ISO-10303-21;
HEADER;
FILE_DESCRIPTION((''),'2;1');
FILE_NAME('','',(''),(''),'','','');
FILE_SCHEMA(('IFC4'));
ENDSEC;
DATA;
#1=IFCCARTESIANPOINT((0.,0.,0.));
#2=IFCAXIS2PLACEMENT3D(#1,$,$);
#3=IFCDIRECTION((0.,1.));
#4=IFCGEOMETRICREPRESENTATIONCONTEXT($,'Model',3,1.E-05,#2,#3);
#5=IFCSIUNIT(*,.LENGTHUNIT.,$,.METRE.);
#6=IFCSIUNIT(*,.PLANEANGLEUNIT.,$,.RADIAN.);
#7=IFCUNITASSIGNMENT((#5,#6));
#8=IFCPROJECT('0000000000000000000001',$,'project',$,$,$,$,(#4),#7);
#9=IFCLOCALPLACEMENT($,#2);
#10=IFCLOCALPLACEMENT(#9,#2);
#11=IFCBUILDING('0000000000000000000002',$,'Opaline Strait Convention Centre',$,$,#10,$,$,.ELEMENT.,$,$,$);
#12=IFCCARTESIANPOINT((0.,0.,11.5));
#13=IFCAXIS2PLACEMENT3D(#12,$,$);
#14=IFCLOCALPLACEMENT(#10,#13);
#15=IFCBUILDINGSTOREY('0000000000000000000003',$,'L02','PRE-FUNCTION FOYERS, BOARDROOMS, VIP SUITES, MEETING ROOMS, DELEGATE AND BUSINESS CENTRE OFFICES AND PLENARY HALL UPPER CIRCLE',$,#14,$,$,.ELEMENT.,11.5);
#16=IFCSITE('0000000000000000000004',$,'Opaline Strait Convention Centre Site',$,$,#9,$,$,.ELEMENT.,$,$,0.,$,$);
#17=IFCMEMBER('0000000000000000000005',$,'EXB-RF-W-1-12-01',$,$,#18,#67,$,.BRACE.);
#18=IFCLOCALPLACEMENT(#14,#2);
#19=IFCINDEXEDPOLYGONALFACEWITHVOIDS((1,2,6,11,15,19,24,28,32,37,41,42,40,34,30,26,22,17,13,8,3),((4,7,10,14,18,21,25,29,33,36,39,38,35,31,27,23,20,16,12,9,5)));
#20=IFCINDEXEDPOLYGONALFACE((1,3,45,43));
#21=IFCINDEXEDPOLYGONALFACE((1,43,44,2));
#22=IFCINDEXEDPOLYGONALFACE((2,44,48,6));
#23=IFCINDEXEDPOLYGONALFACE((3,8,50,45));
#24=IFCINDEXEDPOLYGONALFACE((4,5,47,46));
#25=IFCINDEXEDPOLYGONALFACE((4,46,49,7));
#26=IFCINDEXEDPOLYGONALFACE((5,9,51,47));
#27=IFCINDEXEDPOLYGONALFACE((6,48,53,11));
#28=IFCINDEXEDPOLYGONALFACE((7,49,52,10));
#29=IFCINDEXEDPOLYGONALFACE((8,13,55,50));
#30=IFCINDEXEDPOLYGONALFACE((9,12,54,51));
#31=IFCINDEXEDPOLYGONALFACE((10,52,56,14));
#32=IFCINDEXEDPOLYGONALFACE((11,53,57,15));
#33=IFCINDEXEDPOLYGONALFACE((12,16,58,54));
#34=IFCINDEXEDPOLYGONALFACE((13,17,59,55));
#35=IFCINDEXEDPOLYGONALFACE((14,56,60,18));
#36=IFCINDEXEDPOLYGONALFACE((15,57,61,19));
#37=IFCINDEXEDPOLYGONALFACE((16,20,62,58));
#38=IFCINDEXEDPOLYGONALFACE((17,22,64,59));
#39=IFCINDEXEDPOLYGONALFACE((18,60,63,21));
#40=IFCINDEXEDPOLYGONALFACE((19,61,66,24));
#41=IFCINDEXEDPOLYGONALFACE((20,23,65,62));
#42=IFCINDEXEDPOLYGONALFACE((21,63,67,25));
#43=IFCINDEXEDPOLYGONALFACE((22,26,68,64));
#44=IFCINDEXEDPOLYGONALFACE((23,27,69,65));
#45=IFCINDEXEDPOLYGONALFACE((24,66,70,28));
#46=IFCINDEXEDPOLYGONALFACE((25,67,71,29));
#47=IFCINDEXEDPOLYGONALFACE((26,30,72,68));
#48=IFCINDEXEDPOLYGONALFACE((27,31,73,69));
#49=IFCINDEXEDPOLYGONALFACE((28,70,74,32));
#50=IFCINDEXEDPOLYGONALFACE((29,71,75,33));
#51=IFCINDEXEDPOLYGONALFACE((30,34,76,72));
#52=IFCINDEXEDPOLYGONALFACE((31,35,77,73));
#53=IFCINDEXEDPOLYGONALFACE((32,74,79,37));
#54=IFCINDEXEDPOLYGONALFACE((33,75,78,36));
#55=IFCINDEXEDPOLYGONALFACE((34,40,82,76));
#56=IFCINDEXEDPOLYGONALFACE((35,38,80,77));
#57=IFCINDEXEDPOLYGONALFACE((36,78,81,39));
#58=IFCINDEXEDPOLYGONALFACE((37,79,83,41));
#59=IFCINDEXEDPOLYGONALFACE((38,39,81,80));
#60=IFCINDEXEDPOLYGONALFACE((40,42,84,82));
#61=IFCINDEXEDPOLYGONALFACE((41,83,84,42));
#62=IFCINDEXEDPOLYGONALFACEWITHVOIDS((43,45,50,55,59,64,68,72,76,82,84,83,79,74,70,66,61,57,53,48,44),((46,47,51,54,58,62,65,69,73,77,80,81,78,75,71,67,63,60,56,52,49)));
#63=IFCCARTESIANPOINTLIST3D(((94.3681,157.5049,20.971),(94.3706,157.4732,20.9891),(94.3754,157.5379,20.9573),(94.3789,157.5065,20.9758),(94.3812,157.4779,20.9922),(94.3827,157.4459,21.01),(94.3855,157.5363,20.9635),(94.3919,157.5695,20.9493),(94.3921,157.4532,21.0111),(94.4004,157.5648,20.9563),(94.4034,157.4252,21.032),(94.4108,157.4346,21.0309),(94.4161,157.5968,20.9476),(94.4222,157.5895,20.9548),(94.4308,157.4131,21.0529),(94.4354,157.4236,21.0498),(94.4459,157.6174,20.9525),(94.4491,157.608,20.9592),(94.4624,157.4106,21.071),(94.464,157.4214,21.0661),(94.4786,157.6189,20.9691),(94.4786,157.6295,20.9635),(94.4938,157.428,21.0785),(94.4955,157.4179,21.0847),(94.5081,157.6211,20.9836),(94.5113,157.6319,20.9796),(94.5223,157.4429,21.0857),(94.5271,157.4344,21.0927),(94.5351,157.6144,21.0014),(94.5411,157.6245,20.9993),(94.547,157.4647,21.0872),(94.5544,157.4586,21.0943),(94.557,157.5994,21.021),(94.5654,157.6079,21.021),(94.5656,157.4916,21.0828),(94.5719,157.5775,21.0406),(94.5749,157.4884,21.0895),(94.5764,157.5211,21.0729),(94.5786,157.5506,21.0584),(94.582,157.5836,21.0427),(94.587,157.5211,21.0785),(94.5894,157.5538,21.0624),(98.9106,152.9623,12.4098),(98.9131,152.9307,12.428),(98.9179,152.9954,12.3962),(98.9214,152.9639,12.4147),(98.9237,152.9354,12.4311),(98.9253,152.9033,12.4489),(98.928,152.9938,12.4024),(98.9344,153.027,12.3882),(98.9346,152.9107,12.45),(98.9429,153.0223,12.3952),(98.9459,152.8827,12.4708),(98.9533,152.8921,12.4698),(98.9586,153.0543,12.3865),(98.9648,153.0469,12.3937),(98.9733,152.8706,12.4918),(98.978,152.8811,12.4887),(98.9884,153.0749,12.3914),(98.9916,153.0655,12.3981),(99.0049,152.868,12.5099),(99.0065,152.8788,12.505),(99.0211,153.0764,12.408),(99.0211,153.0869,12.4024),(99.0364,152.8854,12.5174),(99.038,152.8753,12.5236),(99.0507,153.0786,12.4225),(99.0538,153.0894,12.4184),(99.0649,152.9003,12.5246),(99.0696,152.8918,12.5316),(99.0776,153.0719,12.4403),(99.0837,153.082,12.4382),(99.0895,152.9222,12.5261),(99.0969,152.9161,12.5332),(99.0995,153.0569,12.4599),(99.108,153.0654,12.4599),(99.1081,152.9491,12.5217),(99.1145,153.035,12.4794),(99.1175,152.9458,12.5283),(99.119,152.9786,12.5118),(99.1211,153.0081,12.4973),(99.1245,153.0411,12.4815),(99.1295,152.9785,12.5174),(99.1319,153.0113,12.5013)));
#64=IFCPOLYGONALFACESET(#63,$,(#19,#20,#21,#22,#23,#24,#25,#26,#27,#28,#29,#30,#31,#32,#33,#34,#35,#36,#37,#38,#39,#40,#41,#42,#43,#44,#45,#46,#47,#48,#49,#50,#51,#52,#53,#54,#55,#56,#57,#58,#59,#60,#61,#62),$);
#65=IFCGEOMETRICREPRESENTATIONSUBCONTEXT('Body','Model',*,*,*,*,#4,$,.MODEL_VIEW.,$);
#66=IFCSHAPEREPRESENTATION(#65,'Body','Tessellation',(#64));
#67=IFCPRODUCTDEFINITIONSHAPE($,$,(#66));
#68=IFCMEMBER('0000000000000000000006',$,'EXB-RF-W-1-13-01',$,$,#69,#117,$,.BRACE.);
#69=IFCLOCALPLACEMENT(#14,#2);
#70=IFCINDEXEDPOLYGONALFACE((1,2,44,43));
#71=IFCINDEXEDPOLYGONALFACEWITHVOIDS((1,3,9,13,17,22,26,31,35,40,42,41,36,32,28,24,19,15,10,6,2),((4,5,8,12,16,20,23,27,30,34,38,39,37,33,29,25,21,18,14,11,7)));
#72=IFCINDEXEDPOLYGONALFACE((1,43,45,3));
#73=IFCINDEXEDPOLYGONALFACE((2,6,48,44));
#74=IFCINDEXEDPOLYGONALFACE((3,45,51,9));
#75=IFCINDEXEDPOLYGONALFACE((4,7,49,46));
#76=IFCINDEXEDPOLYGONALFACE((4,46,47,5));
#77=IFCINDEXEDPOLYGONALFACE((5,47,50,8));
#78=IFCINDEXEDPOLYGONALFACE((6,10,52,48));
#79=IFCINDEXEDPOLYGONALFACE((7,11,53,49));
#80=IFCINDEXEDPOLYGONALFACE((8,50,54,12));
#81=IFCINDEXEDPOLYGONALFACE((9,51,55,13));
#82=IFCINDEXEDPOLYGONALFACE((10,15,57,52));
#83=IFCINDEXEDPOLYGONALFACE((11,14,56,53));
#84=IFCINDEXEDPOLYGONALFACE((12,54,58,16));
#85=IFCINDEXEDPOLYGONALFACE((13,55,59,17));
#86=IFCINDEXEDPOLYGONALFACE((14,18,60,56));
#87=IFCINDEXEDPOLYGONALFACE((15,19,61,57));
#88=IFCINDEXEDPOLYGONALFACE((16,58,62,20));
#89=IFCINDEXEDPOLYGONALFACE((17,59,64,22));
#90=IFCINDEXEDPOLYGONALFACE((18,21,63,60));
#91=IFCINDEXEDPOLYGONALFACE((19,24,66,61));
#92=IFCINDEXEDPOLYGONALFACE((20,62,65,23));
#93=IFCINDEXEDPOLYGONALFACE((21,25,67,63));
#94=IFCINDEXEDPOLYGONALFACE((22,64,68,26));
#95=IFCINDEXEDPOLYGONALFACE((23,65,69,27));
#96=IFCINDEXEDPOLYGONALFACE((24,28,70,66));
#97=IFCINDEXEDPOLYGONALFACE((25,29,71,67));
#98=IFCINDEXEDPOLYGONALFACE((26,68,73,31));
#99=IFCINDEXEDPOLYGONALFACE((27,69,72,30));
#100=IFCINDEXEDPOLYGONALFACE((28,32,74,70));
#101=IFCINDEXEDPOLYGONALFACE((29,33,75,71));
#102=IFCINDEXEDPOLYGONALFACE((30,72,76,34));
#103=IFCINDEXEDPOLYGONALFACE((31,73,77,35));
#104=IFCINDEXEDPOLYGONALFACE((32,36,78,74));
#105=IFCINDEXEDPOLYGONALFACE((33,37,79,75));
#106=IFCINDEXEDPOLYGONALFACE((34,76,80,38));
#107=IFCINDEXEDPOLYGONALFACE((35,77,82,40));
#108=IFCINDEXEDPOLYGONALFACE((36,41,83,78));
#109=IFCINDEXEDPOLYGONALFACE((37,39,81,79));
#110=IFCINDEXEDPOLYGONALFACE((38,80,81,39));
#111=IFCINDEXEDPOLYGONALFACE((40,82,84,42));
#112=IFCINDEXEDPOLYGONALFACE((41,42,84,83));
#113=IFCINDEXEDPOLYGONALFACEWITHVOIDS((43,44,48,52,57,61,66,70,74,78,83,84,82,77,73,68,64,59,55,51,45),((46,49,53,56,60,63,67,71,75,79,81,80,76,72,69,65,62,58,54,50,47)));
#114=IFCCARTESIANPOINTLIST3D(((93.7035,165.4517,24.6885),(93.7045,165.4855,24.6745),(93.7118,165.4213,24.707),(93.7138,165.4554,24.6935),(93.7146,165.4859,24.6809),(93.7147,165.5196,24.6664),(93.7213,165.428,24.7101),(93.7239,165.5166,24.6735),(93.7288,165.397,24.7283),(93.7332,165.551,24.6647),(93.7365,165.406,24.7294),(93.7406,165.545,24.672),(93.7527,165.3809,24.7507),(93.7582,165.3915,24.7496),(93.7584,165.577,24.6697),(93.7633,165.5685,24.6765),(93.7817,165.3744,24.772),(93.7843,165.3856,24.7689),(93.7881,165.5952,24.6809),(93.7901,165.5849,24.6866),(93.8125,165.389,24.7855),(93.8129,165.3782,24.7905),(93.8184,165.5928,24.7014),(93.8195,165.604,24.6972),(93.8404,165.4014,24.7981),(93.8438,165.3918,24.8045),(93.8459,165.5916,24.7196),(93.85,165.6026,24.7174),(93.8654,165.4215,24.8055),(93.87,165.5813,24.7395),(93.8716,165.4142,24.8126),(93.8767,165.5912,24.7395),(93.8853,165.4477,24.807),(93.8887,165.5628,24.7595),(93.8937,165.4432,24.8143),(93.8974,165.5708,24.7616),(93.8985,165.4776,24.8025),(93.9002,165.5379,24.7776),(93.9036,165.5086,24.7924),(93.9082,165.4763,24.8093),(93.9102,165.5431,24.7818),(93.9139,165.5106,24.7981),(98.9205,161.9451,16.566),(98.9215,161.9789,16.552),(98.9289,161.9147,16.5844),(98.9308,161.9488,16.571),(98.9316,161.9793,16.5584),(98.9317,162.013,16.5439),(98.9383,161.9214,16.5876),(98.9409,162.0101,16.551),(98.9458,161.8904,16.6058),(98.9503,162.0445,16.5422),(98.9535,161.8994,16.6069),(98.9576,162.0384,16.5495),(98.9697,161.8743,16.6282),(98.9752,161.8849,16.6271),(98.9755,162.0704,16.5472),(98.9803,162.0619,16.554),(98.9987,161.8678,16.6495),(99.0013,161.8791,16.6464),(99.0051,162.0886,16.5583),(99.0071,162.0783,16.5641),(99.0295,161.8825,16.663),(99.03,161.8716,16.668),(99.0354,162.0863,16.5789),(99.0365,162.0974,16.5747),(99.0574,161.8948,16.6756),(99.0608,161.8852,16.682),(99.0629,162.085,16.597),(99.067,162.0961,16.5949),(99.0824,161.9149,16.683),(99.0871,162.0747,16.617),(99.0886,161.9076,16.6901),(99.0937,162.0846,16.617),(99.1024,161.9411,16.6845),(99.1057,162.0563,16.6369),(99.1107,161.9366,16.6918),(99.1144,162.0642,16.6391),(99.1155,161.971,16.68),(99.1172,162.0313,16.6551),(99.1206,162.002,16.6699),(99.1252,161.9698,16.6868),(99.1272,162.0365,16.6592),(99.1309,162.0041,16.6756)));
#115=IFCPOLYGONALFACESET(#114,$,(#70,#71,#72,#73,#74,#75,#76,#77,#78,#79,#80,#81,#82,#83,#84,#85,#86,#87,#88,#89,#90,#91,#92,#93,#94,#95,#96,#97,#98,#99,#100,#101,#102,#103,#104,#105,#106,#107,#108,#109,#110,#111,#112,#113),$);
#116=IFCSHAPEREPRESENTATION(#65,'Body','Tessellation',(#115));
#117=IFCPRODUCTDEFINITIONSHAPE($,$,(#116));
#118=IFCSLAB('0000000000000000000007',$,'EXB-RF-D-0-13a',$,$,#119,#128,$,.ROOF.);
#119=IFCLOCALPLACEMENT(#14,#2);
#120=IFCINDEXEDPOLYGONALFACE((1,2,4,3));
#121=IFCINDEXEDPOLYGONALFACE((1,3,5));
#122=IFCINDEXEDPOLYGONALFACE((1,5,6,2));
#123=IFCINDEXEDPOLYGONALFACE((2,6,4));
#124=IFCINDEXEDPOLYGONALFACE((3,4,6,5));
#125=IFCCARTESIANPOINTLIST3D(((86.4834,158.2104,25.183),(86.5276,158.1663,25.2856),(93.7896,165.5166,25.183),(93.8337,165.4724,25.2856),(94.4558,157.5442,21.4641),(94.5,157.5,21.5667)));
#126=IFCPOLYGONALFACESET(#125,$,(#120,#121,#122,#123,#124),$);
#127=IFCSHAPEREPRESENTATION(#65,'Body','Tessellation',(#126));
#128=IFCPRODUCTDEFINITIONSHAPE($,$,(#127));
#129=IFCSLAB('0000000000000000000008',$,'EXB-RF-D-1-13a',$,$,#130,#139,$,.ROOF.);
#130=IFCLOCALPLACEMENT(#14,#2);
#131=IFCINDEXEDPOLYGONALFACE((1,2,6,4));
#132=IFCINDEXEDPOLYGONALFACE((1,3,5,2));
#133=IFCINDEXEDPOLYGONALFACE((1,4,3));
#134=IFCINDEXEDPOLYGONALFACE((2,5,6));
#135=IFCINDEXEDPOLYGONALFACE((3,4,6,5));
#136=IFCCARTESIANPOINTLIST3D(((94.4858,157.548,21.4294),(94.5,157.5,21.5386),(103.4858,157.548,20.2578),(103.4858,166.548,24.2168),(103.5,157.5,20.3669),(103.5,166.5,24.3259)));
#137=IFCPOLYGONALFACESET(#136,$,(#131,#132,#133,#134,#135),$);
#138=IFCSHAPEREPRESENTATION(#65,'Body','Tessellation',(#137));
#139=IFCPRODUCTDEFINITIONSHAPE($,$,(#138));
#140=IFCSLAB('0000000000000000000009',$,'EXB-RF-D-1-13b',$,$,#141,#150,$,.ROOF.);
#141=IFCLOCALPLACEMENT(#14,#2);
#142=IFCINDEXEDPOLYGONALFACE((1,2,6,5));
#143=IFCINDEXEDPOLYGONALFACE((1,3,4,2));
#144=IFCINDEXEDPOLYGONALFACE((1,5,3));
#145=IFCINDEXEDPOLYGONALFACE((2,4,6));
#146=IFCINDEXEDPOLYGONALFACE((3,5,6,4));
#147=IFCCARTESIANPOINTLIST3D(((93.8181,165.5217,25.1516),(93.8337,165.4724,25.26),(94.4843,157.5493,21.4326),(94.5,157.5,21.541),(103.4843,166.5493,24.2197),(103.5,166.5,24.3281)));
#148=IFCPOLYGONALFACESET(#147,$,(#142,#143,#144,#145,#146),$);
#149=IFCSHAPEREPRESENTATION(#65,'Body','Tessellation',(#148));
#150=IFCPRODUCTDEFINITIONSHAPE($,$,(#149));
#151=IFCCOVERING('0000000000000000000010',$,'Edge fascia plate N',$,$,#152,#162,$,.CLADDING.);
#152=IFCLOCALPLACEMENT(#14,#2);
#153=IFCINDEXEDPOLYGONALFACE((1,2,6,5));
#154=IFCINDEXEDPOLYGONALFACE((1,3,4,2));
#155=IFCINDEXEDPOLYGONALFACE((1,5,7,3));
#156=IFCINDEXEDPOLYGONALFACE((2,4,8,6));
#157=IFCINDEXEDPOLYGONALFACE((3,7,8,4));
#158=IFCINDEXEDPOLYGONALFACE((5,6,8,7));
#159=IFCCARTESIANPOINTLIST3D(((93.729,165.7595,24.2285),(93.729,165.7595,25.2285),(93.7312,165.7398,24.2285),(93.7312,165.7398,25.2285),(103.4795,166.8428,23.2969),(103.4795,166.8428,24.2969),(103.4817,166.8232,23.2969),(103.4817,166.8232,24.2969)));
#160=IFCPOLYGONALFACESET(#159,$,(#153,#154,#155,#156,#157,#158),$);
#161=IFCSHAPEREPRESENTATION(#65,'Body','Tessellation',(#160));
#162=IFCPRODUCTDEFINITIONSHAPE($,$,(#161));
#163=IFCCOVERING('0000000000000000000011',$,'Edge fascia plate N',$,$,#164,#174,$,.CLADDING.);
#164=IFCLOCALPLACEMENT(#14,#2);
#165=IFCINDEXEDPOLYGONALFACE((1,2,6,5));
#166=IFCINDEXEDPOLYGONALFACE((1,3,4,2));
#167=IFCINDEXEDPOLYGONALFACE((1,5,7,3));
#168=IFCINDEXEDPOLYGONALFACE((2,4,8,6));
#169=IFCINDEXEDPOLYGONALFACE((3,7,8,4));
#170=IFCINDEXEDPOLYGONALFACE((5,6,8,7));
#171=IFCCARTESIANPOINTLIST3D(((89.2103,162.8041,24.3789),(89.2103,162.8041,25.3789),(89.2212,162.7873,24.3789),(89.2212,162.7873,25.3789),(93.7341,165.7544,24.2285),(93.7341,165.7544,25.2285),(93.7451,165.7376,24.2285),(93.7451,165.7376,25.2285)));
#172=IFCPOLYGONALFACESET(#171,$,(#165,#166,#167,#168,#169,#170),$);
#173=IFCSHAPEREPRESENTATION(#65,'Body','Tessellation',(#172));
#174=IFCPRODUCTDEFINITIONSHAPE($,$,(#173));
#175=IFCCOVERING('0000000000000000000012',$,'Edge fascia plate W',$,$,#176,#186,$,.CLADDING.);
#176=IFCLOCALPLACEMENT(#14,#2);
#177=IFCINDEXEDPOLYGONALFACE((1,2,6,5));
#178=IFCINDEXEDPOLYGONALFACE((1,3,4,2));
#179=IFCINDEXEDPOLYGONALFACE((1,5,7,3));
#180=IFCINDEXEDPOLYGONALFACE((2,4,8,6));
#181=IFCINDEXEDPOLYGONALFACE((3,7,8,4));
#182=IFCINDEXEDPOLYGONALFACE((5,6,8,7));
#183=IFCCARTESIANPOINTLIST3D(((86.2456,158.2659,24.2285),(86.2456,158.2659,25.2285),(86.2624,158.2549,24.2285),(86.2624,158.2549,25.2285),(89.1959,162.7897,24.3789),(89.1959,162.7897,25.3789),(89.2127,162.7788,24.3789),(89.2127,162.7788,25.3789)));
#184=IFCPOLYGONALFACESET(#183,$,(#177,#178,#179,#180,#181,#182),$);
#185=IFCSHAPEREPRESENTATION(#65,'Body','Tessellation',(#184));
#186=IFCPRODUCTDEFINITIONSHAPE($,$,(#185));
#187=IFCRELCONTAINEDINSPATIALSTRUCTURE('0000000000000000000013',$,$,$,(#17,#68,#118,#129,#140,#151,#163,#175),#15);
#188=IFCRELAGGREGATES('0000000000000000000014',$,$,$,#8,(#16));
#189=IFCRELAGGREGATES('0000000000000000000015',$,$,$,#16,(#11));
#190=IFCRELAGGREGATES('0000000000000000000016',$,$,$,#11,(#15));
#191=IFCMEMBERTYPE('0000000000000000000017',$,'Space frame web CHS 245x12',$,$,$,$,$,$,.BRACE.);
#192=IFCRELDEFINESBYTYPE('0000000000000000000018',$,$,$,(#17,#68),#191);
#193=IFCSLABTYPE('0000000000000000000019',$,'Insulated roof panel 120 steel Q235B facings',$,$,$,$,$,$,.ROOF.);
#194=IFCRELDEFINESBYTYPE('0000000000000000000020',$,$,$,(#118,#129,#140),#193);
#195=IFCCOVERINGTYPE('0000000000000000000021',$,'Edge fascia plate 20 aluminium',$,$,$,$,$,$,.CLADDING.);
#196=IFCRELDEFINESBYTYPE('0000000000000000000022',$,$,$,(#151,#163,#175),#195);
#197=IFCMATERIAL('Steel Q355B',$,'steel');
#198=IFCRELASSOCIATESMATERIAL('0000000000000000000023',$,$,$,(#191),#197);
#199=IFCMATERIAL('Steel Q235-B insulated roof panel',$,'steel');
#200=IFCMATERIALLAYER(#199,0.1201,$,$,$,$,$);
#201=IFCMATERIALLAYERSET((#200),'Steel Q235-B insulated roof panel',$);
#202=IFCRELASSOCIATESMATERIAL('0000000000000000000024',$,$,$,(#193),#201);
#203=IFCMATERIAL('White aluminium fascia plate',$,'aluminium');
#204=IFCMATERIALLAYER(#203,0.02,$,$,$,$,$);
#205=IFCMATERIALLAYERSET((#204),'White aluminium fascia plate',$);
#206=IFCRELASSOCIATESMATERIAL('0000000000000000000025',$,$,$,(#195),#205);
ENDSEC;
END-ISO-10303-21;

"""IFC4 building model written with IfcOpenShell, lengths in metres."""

from ifc_helpers import new_model, si_unit, direction, frame, origin, origin_2d, place, context, subcontext, project, spatial, polyline, hollow_circle, outline, extrude, material, layer, layer_set, material_profile, profile_set, type_object, element, save


model = new_model("IFC4")

# Units and contexts
model_context = context("Model", 3, precision=1e-05, world=origin(), true_north=direction((0.0, 1.0)))
body_context = subcontext(model_context, "Body", "Model", "MODEL_VIEW")
ifc_project = project(units=[si_unit("LENGTHUNIT", "METRE"), si_unit("PLANEANGLEUNIT", "RADIAN")], contexts=[model_context])

# Site, building, storey
site_placement = place(None, origin())
site = spatial("IfcSite", under=ifc_project, at=site_placement, Name="Opaline Strait Convention Centre Site", CompositionType="ELEMENT", RefElevation=0.0)
building_placement = place(site_placement, origin())
building = spatial("IfcBuilding", under=site, at=building_placement, Name="Opaline Strait Convention Centre", CompositionType="ELEMENT")
storey_placement = place(building_placement, frame((0.0, 0.0, 11.5)))
storey = spatial("IfcBuildingStorey", under=building, at=storey_placement, Name="L02", Description="PRE-FUNCTION FOYERS, BOARDROOMS, VIP SUITES, MEETING ROOMS, DELEGATE AND BUSINESS CENTRE OFFICES AND PLENARY HALL UPPER CIRCLE", CompositionType="ELEMENT", Elevation=11.5)

# Members
ifc_material_1 = material(Name="Steel Q355B", Category="steel")
ifc_material_profile_1 = material_profile(ifc_material_1, hollow_circle(Radius=0.1226, WallThickness=0.012, at=origin_2d()), Name="CHS 245x12")
ifc_profile_set_1 = profile_set([ifc_material_profile_1], Name="Steel Q355B")
member_type_1 = type_object("IfcMemberType", Name="Space frame web CHS 245x12", PredefinedType="BRACE", material=ifc_profile_set_1)
member_1_placement = place(storey_placement, frame((94.4788, 157.5212, 21.021), z_axis=(0.424402, -0.424402, -0.799854), x_axis=(0.707107, 0.707107, 0.0)))
element("IfcMember", 1, at=member_1_placement, inside=storey, type_object=member_type_1, Name="EXB-RF-W-1-12-01", PredefinedType="BRACE", context=body_context, shape_type="SweptSolid", body=[
    extrude(hollow_circle(Radius=0.1226, WallThickness=0.012, at=origin_2d()), origin(), (0.0, 0.0, 1.0), 10.7034),
])
member_2_placement = place(storey_placement, frame((93.8083, 165.4895, 24.7395), z_axis=(0.507948, -0.341413, -0.790839), x_axis=(0.557842, 0.829947, 0.0)))
element("IfcMember", 2, at=member_2_placement, inside=storey, type_object=member_type_1, Name="EXB-RF-W-1-13-01", PredefinedType="BRACE", context=body_context, shape_type="SweptSolid", body=[
    extrude(hollow_circle(Radius=0.1226, WallThickness=0.012, at=origin_2d()), origin(), (0.0, 0.0, 1.0), 10.2708),
])

# Slabs
ifc_material_2 = material(Name="Steel Q235-B insulated roof panel", Category="steel")
ifc_layer_1 = layer(ifc_material_2, 0.1201)
ifc_layer_set_1 = layer_set([ifc_layer_1], Name="Steel Q235-B insulated roof panel")
slab_type = type_object("IfcSlabType", Name="Insulated roof panel 120 steel Q235B facings", PredefinedType="ROOF", material=ifc_layer_set_1)
slab_1_placement = place(storey_placement, frame((86.5276, 158.1663, 25.2856), z_axis=(0.367716, -0.367716, 0.854149), x_axis=(0.903659, -0.075519, -0.421541)))
element("IfcSlab", 3, at=slab_1_placement, inside=storey, type_object=slab_type, Name="EXB-RF-D-0-13a", PredefinedType="ROOF", context=body_context, shape_type="SweptSolid", body=[
    extrude(outline(polyline([(0.0, 0.0), (8.8224, 0.0), (6.0505, 8.3756), (0.0, 0.0)])), origin(), (0.0, 0.0, -1.0), 0.1201),
])
slab_2_placement = place(storey_placement, frame((94.5, 157.5, 21.5386), z_axis=(0.118325, -0.399823, 0.908923), x_axis=(0.991633, 0.0, -0.129092)))
element("IfcSlab", 4, at=slab_2_placement, inside=storey, type_object=slab_type, Name="EXB-RF-D-1-13a", PredefinedType="ROOF", context=body_context, shape_type="SweptSolid", body=[
    extrude(outline(polyline([(0.0, 0.0), (9.0759, 0.0), (8.5649, 9.819), (0.0, 0.0)])), origin(), (0.0, 0.0, -1.0), 0.1201),
])
slab_3_placement = place(storey_placement, frame((94.5, 157.5, 21.541), z_axis=(0.130619, -0.410141, 0.90262), x_axis=(0.69074, 0.69074, 0.213908)))
element("IfcSlab", 5, at=slab_3_placement, inside=storey, type_object=slab_type, Name="EXB-RF-D-1-13b", PredefinedType="ROOF", context=body_context, shape_type="SweptSolid", body=[
    extrude(outline(polyline([(0.0, 0.0), (13.0295, 0.0), (5.8422, 6.6108), (0.0, 0.0)])), origin(), (0.0, 0.0, -1.0), 0.1201),
])

# Coverings
ifc_material_3 = material(Name="White aluminium fascia plate", Category="aluminium")
ifc_layer_2 = layer(ifc_material_3, 0.02)
ifc_layer_set_2 = layer_set([ifc_layer_2], Name="White aluminium fascia plate")
covering_type = type_object("IfcCoveringType", Name="Edge fascia plate 20 aluminium", PredefinedType="CLADDING", material=ifc_layer_set_2)
covering_1_placement = place(storey_placement, frame((98.6064, 166.2815, 24.2627), z_axis=(-0.110432, 0.993884, 0.0), x_axis=(-0.993884, -0.110432, 0.0)))
element("IfcCovering", 6, at=covering_1_placement, inside=storey, type_object=covering_type, Name="Edge fascia plate N", PredefinedType="CLADDING", context=body_context, shape_type="SweptSolid", body=[
    extrude(outline(polyline([(-4.9053, 0.0342), (4.9053, 0.9658), (4.9053, -0.0342), (-4.9053, -0.9658), (-4.9053, 0.0342)])), origin(), (0.0, 0.0, 1.0), 0.0198),
])
covering_2_placement = place(storey_placement, frame((91.4832, 164.2625, 24.8037), z_axis=(-0.546268, 0.837611, 0.0), x_axis=(-0.837611, -0.546268, 0.0)))
element("IfcCovering", 7, at=covering_2_placement, inside=storey, type_object=covering_type, Name="Edge fascia plate N", PredefinedType="CLADDING", context=body_context, shape_type="SweptSolid", body=[
    extrude(outline(polyline([(-2.7004, 0.4248), (2.7004, 0.5752), (2.7004, -0.4248), (-2.7004, -0.5752), (-2.7004, 0.4248)])), origin(), (0.0, 0.0, 1.0), 0.02),
])
covering_3_placement = place(storey_placement, frame((87.7375, 160.5168, 24.8037), z_axis=(-0.837611, 0.546268, 0.0), x_axis=(-0.546268, -0.837611, 0.0)))
element("IfcCovering", 8, at=covering_3_placement, inside=storey, type_object=covering_type, Name="Edge fascia plate W", PredefinedType="CLADDING", context=body_context, shape_type="SweptSolid", body=[
    extrude(outline(polyline([(-2.7004, 0.5752), (2.7004, 0.4248), (2.7004, -0.5752), (-2.7004, -0.4248), (-2.7004, 0.5752)])), origin(), (0.0, 0.0, 1.0), 0.02),
])

save(model, "model.ifc")
